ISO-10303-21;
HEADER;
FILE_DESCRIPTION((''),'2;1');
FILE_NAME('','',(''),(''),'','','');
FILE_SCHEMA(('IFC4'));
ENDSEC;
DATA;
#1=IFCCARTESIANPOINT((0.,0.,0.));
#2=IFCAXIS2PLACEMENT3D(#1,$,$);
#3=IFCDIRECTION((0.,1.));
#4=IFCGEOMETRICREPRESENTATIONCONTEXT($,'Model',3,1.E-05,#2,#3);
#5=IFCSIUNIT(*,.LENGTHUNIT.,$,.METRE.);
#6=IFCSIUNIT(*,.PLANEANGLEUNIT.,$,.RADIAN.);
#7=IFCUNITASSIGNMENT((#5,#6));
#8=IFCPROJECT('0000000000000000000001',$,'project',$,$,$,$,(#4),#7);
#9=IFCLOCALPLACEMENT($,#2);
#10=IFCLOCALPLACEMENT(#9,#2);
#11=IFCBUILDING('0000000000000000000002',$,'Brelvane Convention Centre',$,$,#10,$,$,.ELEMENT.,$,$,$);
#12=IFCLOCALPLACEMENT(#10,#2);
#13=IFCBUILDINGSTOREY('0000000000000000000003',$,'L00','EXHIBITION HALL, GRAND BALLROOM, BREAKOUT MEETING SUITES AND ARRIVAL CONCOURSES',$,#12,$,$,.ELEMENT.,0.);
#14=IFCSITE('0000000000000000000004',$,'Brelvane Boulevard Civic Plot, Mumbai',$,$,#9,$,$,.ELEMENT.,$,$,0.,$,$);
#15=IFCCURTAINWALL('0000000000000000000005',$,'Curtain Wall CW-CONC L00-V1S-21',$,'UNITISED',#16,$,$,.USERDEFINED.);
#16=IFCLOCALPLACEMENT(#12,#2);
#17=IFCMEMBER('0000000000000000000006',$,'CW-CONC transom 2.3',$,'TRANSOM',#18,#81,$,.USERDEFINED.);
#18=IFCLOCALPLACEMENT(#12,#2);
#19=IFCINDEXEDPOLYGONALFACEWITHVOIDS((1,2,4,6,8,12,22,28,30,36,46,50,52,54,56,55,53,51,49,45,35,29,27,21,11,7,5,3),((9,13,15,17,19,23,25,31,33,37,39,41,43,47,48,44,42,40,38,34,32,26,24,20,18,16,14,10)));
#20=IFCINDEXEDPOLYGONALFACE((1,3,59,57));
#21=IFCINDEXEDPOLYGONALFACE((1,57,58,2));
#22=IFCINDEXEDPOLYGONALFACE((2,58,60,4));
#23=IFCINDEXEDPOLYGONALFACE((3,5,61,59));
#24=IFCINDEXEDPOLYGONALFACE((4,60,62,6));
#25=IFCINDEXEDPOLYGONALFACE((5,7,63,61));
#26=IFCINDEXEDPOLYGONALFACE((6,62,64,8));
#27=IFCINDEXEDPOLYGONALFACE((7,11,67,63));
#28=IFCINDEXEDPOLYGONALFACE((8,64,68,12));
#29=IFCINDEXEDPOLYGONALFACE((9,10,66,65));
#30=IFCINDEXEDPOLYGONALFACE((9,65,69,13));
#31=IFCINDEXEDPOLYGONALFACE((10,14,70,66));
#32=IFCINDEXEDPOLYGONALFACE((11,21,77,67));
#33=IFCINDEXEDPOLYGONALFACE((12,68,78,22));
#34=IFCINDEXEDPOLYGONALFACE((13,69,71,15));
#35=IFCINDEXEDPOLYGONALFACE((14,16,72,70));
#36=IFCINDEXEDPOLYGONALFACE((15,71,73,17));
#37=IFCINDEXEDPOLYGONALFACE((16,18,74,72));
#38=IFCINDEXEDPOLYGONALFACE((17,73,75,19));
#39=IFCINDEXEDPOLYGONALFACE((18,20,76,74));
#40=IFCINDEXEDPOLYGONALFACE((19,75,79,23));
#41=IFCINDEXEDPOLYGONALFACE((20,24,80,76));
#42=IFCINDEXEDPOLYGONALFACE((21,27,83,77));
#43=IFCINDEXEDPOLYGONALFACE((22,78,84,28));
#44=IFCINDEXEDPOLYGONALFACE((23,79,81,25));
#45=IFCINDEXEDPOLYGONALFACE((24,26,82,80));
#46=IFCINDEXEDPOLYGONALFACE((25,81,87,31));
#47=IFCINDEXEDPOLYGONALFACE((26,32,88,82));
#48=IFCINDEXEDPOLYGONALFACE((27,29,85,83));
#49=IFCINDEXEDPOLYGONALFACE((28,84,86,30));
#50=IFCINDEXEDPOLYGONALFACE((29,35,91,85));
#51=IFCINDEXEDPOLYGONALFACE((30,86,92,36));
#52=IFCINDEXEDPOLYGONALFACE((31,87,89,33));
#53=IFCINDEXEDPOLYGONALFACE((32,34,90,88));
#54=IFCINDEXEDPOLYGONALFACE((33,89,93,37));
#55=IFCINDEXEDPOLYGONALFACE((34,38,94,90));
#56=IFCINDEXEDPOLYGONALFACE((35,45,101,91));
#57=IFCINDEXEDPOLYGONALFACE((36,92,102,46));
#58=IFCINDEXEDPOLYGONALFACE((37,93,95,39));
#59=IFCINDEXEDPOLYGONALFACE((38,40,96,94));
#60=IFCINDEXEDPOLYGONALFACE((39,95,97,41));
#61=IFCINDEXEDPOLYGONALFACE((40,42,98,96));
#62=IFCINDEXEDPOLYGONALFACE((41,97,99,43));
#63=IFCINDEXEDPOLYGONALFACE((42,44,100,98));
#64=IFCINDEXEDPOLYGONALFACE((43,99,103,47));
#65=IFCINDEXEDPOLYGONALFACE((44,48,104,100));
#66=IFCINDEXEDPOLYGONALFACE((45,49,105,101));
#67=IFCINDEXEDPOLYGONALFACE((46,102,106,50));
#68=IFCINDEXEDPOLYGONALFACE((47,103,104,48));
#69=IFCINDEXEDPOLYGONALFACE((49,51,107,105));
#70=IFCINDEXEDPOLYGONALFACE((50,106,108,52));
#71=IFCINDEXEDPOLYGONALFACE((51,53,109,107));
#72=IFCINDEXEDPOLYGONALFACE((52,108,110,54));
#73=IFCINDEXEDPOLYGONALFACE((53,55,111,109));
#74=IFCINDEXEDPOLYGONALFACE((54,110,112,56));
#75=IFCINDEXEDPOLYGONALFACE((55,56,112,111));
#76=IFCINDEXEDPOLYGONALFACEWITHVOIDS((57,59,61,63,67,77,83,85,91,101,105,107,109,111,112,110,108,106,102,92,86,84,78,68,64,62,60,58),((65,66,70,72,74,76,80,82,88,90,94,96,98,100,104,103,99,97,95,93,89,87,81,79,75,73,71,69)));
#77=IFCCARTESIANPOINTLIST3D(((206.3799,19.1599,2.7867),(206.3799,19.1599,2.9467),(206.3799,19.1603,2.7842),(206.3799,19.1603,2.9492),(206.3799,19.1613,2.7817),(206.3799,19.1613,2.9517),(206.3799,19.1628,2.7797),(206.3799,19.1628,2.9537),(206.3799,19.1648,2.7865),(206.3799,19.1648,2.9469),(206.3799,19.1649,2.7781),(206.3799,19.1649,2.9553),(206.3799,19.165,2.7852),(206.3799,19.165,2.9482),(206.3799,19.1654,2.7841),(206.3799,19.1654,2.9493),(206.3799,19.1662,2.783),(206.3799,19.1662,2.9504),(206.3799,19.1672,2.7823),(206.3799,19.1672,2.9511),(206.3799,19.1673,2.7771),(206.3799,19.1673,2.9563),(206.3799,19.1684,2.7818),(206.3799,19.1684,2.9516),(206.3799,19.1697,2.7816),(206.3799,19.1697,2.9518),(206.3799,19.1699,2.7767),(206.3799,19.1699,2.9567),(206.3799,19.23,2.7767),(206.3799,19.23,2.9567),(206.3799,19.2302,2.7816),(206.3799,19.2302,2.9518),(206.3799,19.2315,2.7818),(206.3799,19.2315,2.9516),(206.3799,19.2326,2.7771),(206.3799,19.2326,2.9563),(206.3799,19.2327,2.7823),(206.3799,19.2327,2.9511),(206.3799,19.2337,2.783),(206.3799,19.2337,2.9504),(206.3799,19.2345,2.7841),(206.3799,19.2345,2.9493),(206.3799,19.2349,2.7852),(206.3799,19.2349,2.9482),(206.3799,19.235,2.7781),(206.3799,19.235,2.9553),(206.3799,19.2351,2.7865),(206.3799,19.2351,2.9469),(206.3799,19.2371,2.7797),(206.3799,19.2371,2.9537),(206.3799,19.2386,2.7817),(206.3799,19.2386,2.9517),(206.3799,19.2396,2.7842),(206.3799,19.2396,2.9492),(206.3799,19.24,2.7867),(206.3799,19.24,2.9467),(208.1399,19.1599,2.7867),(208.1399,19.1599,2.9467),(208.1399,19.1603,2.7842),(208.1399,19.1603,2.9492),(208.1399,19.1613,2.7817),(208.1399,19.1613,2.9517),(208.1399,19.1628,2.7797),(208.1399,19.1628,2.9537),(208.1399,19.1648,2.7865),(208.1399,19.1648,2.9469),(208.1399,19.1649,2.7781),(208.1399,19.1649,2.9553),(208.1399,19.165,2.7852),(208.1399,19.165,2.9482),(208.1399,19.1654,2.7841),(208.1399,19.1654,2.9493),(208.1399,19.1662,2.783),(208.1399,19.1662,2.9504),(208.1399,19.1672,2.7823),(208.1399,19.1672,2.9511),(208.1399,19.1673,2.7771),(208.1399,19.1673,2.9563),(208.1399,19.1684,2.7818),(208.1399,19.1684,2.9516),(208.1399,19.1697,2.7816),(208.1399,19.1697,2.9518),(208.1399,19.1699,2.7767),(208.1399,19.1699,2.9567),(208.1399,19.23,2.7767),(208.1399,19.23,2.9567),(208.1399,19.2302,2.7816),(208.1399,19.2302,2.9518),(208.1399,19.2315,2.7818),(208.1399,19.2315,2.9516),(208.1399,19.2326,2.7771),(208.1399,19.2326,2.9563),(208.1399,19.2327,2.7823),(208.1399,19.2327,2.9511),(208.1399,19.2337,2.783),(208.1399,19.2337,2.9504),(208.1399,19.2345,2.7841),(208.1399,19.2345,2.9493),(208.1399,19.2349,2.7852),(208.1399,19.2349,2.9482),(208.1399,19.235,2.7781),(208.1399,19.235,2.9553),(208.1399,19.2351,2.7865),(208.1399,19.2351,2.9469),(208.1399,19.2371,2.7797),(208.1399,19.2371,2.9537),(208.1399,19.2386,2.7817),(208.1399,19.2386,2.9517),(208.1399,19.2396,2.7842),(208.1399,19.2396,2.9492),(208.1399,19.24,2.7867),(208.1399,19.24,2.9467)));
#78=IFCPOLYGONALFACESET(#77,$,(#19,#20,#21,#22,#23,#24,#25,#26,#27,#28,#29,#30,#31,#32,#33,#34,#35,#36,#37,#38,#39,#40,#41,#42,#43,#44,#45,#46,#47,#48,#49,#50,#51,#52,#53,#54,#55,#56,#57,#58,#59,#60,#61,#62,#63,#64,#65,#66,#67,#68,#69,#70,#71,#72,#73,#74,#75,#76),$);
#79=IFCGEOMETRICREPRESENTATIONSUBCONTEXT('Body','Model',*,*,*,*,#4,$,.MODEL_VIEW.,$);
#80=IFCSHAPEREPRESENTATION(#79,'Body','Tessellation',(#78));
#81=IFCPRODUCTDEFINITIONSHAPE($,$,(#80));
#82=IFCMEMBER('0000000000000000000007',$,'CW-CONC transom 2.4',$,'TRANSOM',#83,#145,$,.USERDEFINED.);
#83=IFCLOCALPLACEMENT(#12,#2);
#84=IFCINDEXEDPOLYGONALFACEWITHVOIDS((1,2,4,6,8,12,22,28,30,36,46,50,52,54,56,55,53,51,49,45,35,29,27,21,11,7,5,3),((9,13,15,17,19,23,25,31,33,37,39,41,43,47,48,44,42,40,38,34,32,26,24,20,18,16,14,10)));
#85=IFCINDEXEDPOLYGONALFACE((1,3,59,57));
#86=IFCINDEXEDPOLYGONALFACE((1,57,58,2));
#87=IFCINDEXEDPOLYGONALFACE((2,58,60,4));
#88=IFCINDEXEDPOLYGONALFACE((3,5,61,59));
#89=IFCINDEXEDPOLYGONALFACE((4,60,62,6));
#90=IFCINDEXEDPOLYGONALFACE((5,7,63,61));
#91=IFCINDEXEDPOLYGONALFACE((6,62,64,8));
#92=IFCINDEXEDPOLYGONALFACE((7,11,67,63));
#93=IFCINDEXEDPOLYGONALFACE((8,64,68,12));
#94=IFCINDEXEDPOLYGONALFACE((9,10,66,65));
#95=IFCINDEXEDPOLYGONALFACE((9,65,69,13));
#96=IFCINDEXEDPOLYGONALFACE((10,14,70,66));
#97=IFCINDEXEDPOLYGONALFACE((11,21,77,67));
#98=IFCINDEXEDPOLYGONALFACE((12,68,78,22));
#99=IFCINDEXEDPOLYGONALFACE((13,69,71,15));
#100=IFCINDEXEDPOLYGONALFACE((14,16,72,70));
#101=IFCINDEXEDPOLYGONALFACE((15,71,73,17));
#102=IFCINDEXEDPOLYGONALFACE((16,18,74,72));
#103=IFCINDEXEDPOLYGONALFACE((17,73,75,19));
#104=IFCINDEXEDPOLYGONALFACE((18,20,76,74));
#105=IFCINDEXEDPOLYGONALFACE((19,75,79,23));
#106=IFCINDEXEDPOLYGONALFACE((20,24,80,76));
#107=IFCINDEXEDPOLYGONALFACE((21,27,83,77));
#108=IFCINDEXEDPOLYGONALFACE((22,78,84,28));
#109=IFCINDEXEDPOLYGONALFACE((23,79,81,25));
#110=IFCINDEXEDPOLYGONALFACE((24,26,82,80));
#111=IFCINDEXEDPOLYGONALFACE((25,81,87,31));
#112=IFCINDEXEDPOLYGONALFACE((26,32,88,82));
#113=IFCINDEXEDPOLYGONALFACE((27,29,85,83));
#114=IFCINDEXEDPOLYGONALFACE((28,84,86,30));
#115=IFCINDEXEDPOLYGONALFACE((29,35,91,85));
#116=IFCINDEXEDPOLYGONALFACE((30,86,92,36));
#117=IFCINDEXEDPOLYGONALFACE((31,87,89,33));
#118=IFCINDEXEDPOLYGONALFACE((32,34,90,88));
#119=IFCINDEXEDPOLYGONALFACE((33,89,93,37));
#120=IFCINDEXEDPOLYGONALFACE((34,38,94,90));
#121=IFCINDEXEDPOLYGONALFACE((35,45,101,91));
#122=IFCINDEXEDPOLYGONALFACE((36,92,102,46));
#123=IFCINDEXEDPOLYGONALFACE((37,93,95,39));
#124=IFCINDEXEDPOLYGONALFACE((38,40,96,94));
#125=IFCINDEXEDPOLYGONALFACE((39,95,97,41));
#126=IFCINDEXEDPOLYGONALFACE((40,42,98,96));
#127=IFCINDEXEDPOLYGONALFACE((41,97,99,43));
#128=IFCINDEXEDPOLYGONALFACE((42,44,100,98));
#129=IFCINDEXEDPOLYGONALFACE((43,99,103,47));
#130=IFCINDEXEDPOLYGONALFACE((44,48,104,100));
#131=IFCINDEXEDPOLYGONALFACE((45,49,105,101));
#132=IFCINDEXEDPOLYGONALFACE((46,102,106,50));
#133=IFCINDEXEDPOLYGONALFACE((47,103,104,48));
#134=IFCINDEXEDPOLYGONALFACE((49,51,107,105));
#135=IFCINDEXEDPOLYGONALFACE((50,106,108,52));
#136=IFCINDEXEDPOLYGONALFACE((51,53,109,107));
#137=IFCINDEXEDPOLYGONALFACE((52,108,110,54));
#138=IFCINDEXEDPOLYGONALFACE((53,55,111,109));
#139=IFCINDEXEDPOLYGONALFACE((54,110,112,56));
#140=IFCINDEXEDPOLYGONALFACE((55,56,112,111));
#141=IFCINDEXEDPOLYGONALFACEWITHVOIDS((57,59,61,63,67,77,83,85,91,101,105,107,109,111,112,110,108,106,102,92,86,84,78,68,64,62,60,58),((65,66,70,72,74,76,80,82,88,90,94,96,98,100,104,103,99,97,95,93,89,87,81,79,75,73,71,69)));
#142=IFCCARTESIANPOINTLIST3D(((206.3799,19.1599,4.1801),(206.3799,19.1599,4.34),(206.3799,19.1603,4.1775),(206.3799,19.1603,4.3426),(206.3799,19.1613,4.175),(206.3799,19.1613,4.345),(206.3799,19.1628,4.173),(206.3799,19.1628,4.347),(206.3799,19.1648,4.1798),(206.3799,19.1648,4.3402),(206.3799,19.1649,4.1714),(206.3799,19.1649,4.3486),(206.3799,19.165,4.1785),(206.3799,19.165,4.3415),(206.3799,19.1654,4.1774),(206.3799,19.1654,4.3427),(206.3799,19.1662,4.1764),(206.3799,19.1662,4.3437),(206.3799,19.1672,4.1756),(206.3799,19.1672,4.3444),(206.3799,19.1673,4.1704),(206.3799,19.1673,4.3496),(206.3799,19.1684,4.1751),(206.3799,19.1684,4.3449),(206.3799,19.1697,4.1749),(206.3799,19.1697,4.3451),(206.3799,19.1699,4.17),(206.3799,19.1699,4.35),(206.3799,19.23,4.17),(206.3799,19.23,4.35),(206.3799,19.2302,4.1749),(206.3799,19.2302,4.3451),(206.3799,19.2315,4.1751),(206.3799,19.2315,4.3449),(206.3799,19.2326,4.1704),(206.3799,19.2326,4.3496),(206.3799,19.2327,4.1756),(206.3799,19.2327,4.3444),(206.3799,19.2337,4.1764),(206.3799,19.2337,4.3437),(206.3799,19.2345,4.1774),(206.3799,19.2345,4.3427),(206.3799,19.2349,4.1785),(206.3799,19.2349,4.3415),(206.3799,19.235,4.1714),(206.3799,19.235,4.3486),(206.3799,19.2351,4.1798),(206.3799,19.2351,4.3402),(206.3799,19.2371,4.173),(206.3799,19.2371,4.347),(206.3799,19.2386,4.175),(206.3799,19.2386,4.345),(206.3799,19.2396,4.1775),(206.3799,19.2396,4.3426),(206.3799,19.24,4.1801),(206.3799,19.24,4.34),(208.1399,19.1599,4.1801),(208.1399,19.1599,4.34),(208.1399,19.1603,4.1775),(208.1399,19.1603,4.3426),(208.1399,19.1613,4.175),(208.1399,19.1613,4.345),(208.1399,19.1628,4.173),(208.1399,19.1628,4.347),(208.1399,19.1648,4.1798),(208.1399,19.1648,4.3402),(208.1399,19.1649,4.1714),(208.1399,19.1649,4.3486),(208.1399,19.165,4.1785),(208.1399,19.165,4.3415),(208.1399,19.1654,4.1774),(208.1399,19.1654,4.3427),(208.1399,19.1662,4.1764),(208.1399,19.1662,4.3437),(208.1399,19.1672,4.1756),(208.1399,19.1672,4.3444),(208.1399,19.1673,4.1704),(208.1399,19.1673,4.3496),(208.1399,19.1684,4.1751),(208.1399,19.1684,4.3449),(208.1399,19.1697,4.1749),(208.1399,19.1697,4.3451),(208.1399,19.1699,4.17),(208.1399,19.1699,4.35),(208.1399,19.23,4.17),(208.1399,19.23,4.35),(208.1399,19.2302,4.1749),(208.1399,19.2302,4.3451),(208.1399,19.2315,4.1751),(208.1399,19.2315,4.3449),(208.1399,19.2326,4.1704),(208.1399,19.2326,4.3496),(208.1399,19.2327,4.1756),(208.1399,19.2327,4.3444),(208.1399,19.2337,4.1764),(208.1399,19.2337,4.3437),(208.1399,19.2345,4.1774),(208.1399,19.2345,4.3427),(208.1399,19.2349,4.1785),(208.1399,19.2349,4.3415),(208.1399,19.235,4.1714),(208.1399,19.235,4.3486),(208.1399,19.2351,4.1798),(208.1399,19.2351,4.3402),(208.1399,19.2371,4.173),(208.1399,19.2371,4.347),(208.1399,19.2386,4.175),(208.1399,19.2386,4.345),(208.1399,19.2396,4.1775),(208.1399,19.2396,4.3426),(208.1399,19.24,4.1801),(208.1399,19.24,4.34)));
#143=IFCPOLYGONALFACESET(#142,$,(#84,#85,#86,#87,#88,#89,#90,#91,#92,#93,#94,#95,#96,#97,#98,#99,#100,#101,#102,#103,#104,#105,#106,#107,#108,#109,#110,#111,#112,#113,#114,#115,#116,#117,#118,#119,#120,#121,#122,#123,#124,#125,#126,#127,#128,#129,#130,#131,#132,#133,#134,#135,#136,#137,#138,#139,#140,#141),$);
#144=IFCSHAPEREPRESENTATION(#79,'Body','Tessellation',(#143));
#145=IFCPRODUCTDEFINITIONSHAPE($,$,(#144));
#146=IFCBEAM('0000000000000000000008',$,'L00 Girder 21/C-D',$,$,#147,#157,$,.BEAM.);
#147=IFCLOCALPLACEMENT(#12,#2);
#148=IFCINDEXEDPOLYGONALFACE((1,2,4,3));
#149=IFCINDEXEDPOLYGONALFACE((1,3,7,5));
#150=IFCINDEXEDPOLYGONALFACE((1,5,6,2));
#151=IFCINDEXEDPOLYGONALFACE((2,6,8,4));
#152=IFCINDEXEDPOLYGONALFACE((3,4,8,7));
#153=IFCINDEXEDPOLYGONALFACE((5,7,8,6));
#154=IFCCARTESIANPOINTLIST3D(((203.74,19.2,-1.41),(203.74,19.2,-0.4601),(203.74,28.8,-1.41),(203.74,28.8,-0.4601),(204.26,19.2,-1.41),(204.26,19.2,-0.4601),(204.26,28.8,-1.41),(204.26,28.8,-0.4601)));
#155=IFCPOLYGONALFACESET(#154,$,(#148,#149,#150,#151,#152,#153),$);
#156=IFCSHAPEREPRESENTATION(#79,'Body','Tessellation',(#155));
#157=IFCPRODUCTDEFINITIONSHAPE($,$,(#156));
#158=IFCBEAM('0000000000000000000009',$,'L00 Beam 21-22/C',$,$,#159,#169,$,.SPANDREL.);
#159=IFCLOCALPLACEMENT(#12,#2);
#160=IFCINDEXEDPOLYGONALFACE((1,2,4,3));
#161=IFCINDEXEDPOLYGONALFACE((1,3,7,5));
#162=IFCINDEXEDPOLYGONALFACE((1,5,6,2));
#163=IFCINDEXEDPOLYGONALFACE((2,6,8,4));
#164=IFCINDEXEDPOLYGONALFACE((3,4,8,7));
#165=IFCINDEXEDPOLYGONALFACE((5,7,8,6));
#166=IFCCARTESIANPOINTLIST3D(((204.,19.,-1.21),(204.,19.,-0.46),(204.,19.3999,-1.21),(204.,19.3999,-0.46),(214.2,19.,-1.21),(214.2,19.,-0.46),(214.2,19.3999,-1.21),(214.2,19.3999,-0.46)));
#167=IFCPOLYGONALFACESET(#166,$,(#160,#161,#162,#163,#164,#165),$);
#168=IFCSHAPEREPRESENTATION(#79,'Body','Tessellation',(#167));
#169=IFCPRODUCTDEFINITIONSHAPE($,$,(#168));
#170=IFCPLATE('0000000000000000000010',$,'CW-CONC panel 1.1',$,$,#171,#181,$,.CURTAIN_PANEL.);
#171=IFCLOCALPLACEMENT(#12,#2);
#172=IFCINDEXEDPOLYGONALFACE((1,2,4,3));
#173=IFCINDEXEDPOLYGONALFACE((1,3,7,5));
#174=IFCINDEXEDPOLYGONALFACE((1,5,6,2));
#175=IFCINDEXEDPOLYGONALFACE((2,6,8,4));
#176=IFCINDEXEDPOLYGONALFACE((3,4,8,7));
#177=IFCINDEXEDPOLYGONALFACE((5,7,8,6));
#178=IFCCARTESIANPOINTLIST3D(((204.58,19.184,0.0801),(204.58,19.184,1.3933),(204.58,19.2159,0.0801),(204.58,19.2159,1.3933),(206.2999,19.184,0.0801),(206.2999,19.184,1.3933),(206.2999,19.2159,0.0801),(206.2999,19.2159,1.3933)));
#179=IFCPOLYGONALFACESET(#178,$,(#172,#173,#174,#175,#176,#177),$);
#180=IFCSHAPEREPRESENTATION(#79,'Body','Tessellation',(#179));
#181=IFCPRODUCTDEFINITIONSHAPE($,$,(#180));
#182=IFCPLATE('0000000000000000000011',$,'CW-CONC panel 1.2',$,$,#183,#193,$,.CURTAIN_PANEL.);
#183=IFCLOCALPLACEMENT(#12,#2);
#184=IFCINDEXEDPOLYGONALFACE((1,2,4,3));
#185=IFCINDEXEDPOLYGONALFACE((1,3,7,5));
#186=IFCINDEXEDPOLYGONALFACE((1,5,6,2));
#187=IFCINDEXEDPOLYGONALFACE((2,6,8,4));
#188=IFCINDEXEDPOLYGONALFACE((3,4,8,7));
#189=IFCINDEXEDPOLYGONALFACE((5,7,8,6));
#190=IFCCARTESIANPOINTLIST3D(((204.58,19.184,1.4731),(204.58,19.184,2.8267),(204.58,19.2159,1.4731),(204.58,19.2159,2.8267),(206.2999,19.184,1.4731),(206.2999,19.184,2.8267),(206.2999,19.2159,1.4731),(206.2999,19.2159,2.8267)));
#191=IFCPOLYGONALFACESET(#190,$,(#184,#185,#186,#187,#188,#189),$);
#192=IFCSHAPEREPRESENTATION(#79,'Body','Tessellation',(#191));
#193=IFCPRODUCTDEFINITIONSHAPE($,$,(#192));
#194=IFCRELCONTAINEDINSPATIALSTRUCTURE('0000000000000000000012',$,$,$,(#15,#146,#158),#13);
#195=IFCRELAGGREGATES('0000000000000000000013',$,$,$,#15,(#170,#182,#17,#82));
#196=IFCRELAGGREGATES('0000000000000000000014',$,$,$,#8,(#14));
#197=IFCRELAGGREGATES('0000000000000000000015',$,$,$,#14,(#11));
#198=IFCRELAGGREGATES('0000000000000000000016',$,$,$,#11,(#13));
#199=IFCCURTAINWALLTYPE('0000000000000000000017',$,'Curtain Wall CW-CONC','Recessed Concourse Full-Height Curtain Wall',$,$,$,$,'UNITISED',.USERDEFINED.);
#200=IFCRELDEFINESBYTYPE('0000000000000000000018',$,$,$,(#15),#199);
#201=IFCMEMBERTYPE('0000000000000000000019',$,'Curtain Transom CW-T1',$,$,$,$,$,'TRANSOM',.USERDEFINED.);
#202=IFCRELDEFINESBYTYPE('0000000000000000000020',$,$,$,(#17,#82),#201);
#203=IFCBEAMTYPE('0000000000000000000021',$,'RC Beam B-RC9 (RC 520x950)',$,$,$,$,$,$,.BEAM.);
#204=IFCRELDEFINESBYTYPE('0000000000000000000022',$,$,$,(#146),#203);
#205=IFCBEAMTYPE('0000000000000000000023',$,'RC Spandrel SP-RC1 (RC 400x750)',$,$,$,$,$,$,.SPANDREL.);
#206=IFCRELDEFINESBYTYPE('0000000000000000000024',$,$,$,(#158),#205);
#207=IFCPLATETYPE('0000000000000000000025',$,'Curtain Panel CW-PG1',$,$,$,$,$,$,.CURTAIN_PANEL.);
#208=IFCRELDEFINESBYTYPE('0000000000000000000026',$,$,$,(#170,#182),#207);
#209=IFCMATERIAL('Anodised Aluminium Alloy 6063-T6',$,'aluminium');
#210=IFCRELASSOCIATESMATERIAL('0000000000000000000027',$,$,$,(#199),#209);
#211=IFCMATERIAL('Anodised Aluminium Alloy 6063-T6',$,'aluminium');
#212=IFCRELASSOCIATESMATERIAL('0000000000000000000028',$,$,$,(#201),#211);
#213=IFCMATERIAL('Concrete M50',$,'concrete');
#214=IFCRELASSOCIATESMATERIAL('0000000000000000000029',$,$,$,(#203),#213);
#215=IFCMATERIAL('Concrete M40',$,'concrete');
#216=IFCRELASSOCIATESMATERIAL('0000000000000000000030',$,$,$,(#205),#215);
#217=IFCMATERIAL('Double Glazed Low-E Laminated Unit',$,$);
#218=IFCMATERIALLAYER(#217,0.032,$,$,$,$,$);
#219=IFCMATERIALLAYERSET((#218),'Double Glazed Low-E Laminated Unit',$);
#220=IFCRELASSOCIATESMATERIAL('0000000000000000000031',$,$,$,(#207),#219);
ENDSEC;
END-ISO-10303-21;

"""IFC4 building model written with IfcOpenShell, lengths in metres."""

from ifc_helpers import new_model, si_unit, direction, frame, origin, origin_2d, place, context, subcontext, project, spatial, rectangle, hollow_rectangle, extrude, material, layer, layer_set, material_profile, profile_set, type_object, element, aggregate, save


model = new_model("IFC4")

# Units and contexts
model_context = context("Model", 3, precision=1e-05, world=origin(), true_north=direction((0.0, 1.0)))
body_context = subcontext(model_context, "Body", "Model", "MODEL_VIEW")
ifc_project = project(units=[si_unit("LENGTHUNIT", "METRE"), si_unit("PLANEANGLEUNIT", "RADIAN")], contexts=[model_context])

# Site, building, storey
site_placement = place(None, origin())
site = spatial("IfcSite", under=ifc_project, at=site_placement, Name="Brelvane Boulevard Civic Plot, Mumbai", CompositionType="ELEMENT", RefElevation=0.0)
building_placement = place(site_placement, origin())
building = spatial("IfcBuilding", under=site, at=building_placement, Name="Brelvane Convention Centre", CompositionType="ELEMENT")
storey_placement = place(building_placement, origin())
storey = spatial("IfcBuildingStorey", under=building, at=storey_placement, Name="L00", Description="EXHIBITION HALL, GRAND BALLROOM, BREAKOUT MEETING SUITES AND ARRIVAL CONCOURSES", CompositionType="ELEMENT", Elevation=0.0)

# Curtain wall, members
ifc_material_1 = material(Name="Anodised Aluminium Alloy 6063-T6", Category="aluminium")
curtain_wall_type = type_object("IfcCurtainWallType", Name="Curtain Wall CW-CONC", Description="Recessed Concourse Full-Height Curtain Wall", ElementType="UNITISED", PredefinedType="USERDEFINED", material=ifc_material_1)
curtain_wall_placement = place(storey_placement, origin())
curtain_wall = element("IfcCurtainWall", 1, at=curtain_wall_placement, inside=storey, type_object=curtain_wall_type, Name="Curtain Wall CW-CONC L00-V1S-21", ObjectType="UNITISED", PredefinedType="USERDEFINED")
ifc_material_2 = material(Name="Anodised Aluminium Alloy 6063-T6", Category="aluminium")
ifc_material_profile_1 = material_profile(ifc_material_2, hollow_rectangle(XDim=0.0801, YDim=0.1799, WallThickness=0.0049, InnerFilletRadius=0.0049, OuterFilletRadius=0.01, at=origin_2d()), Name="ALU-T 180x80x5.0")
ifc_profile_set_1 = profile_set([ifc_material_profile_1], Name="Anodised Aluminium Alloy 6063-T6")
member_type_1 = type_object("IfcMemberType", Name="Curtain Transom CW-T1", ElementType="TRANSOM", PredefinedType="USERDEFINED", material=ifc_profile_set_1)
member_1_placement = place(storey_placement, frame((206.3799, 19.2, 2.8667), z_axis=(1.0, 0.0, 0.0), x_axis=(0.0, 1.0, 0.0)))
member_1 = element("IfcMember", 2, at=member_1_placement, type_object=member_type_1, Name="CW-CONC transom 2.3", ObjectType="TRANSOM", PredefinedType="USERDEFINED", context=body_context, shape_type="SweptSolid", body=[
    extrude(hollow_rectangle(XDim=0.0801, YDim=0.1799, WallThickness=0.0049, InnerFilletRadius=0.0049, OuterFilletRadius=0.01, at=origin_2d()), origin(), (0.0, 0.0, 1.0), 1.76),
])
member_2_placement = place(storey_placement, frame((206.3799, 19.2, 4.26), z_axis=(1.0, 0.0, 0.0), x_axis=(0.0, 1.0, 0.0)))
member_2 = element("IfcMember", 3, at=member_2_placement, type_object=member_type_1, Name="CW-CONC transom 2.4", ObjectType="TRANSOM", PredefinedType="USERDEFINED", context=body_context, shape_type="SweptSolid", body=[
    extrude(hollow_rectangle(XDim=0.0801, YDim=0.1799, WallThickness=0.0049, InnerFilletRadius=0.0049, OuterFilletRadius=0.01, at=origin_2d()), origin(), (0.0, 0.0, 1.0), 1.76),
])

# Beams
ifc_material_3 = material(Name="Concrete M50", Category="concrete")
ifc_material_profile_2 = material_profile(ifc_material_3, rectangle(XDim=0.52, YDim=0.95, at=origin_2d()), Name="RC 520x950")
ifc_profile_set_2 = profile_set([ifc_material_profile_2], Name="Concrete M50")
beam_type_1 = type_object("IfcBeamType", Name="RC Beam B-RC9 (RC 520x950)", PredefinedType="BEAM", material=ifc_profile_set_2)
beam_1_placement = place(storey_placement, frame((204.0, 19.2, -0.9351), z_axis=(0.0, 1.0, 0.0), x_axis=(-1.0, 0.0, 0.0)))
element("IfcBeam", 4, at=beam_1_placement, inside=storey, type_object=beam_type_1, Name="L00 Girder 21/C-D", PredefinedType="BEAM", context=body_context, shape_type="SweptSolid", body=[
    extrude(rectangle(XDim=0.52, YDim=0.95, at=origin_2d()), origin(), (0.0, 0.0, 1.0), 9.6001),
])
ifc_material_4 = material(Name="Concrete M40", Category="concrete")
ifc_material_profile_3 = material_profile(ifc_material_4, rectangle(XDim=0.3999, YDim=0.75, at=origin_2d()), Name="RC 400x750")
ifc_profile_set_3 = profile_set([ifc_material_profile_3], Name="Concrete M40")
beam_type_2 = type_object("IfcBeamType", Name="RC Spandrel SP-RC1 (RC 400x750)", PredefinedType="SPANDREL", material=ifc_profile_set_3)
beam_2_placement = place(storey_placement, frame((204.0, 19.2, -0.835), z_axis=(1.0, 0.0, 0.0), x_axis=(0.0, 1.0, 0.0)))
element("IfcBeam", 5, at=beam_2_placement, inside=storey, type_object=beam_type_2, Name="L00 Beam 21-22/C", PredefinedType="SPANDREL", context=body_context, shape_type="SweptSolid", body=[
    extrude(rectangle(XDim=0.3999, YDim=0.75, at=origin_2d()), origin(), (0.0, 0.0, 1.0), 10.2),
])

# Plates
ifc_material_5 = material(Name="Double Glazed Low-E Laminated Unit")
ifc_layer_1 = layer(ifc_material_5, 0.032)
ifc_layer_set_1 = layer_set([ifc_layer_1], Name="Double Glazed Low-E Laminated Unit")
plate_type = type_object("IfcPlateType", Name="Curtain Panel CW-PG1", PredefinedType="CURTAIN_PANEL", material=ifc_layer_set_1)
plate_1_placement = place(storey_placement, frame((205.4399, 19.2, 0.0801), z_axis=(0.0, 0.0, 1.0), x_axis=(1.0, 0.0, 0.0)))
plate_1 = element("IfcPlate", 6, at=plate_1_placement, type_object=plate_type, Name="CW-CONC panel 1.1", PredefinedType="CURTAIN_PANEL", context=body_context, shape_type="SweptSolid", body=[
    extrude(rectangle(XDim=1.72, YDim=0.032, at=origin_2d()), origin(), (0.0, 0.0, 1.0), 1.3132),
])
plate_2_placement = place(storey_placement, frame((205.4399, 19.2, 1.4731), z_axis=(0.0, 0.0, 1.0), x_axis=(1.0, 0.0, 0.0)))
plate_2 = element("IfcPlate", 7, at=plate_2_placement, type_object=plate_type, Name="CW-CONC panel 1.2", PredefinedType="CURTAIN_PANEL", context=body_context, shape_type="SweptSolid", body=[
    extrude(rectangle(XDim=1.72, YDim=0.032, at=origin_2d()), origin(), (0.0, 0.0, 1.0), 1.3535),
])
aggregate(curtain_wall, [plate_1, plate_2, member_1, member_2])

save(model, "model.ifc")
